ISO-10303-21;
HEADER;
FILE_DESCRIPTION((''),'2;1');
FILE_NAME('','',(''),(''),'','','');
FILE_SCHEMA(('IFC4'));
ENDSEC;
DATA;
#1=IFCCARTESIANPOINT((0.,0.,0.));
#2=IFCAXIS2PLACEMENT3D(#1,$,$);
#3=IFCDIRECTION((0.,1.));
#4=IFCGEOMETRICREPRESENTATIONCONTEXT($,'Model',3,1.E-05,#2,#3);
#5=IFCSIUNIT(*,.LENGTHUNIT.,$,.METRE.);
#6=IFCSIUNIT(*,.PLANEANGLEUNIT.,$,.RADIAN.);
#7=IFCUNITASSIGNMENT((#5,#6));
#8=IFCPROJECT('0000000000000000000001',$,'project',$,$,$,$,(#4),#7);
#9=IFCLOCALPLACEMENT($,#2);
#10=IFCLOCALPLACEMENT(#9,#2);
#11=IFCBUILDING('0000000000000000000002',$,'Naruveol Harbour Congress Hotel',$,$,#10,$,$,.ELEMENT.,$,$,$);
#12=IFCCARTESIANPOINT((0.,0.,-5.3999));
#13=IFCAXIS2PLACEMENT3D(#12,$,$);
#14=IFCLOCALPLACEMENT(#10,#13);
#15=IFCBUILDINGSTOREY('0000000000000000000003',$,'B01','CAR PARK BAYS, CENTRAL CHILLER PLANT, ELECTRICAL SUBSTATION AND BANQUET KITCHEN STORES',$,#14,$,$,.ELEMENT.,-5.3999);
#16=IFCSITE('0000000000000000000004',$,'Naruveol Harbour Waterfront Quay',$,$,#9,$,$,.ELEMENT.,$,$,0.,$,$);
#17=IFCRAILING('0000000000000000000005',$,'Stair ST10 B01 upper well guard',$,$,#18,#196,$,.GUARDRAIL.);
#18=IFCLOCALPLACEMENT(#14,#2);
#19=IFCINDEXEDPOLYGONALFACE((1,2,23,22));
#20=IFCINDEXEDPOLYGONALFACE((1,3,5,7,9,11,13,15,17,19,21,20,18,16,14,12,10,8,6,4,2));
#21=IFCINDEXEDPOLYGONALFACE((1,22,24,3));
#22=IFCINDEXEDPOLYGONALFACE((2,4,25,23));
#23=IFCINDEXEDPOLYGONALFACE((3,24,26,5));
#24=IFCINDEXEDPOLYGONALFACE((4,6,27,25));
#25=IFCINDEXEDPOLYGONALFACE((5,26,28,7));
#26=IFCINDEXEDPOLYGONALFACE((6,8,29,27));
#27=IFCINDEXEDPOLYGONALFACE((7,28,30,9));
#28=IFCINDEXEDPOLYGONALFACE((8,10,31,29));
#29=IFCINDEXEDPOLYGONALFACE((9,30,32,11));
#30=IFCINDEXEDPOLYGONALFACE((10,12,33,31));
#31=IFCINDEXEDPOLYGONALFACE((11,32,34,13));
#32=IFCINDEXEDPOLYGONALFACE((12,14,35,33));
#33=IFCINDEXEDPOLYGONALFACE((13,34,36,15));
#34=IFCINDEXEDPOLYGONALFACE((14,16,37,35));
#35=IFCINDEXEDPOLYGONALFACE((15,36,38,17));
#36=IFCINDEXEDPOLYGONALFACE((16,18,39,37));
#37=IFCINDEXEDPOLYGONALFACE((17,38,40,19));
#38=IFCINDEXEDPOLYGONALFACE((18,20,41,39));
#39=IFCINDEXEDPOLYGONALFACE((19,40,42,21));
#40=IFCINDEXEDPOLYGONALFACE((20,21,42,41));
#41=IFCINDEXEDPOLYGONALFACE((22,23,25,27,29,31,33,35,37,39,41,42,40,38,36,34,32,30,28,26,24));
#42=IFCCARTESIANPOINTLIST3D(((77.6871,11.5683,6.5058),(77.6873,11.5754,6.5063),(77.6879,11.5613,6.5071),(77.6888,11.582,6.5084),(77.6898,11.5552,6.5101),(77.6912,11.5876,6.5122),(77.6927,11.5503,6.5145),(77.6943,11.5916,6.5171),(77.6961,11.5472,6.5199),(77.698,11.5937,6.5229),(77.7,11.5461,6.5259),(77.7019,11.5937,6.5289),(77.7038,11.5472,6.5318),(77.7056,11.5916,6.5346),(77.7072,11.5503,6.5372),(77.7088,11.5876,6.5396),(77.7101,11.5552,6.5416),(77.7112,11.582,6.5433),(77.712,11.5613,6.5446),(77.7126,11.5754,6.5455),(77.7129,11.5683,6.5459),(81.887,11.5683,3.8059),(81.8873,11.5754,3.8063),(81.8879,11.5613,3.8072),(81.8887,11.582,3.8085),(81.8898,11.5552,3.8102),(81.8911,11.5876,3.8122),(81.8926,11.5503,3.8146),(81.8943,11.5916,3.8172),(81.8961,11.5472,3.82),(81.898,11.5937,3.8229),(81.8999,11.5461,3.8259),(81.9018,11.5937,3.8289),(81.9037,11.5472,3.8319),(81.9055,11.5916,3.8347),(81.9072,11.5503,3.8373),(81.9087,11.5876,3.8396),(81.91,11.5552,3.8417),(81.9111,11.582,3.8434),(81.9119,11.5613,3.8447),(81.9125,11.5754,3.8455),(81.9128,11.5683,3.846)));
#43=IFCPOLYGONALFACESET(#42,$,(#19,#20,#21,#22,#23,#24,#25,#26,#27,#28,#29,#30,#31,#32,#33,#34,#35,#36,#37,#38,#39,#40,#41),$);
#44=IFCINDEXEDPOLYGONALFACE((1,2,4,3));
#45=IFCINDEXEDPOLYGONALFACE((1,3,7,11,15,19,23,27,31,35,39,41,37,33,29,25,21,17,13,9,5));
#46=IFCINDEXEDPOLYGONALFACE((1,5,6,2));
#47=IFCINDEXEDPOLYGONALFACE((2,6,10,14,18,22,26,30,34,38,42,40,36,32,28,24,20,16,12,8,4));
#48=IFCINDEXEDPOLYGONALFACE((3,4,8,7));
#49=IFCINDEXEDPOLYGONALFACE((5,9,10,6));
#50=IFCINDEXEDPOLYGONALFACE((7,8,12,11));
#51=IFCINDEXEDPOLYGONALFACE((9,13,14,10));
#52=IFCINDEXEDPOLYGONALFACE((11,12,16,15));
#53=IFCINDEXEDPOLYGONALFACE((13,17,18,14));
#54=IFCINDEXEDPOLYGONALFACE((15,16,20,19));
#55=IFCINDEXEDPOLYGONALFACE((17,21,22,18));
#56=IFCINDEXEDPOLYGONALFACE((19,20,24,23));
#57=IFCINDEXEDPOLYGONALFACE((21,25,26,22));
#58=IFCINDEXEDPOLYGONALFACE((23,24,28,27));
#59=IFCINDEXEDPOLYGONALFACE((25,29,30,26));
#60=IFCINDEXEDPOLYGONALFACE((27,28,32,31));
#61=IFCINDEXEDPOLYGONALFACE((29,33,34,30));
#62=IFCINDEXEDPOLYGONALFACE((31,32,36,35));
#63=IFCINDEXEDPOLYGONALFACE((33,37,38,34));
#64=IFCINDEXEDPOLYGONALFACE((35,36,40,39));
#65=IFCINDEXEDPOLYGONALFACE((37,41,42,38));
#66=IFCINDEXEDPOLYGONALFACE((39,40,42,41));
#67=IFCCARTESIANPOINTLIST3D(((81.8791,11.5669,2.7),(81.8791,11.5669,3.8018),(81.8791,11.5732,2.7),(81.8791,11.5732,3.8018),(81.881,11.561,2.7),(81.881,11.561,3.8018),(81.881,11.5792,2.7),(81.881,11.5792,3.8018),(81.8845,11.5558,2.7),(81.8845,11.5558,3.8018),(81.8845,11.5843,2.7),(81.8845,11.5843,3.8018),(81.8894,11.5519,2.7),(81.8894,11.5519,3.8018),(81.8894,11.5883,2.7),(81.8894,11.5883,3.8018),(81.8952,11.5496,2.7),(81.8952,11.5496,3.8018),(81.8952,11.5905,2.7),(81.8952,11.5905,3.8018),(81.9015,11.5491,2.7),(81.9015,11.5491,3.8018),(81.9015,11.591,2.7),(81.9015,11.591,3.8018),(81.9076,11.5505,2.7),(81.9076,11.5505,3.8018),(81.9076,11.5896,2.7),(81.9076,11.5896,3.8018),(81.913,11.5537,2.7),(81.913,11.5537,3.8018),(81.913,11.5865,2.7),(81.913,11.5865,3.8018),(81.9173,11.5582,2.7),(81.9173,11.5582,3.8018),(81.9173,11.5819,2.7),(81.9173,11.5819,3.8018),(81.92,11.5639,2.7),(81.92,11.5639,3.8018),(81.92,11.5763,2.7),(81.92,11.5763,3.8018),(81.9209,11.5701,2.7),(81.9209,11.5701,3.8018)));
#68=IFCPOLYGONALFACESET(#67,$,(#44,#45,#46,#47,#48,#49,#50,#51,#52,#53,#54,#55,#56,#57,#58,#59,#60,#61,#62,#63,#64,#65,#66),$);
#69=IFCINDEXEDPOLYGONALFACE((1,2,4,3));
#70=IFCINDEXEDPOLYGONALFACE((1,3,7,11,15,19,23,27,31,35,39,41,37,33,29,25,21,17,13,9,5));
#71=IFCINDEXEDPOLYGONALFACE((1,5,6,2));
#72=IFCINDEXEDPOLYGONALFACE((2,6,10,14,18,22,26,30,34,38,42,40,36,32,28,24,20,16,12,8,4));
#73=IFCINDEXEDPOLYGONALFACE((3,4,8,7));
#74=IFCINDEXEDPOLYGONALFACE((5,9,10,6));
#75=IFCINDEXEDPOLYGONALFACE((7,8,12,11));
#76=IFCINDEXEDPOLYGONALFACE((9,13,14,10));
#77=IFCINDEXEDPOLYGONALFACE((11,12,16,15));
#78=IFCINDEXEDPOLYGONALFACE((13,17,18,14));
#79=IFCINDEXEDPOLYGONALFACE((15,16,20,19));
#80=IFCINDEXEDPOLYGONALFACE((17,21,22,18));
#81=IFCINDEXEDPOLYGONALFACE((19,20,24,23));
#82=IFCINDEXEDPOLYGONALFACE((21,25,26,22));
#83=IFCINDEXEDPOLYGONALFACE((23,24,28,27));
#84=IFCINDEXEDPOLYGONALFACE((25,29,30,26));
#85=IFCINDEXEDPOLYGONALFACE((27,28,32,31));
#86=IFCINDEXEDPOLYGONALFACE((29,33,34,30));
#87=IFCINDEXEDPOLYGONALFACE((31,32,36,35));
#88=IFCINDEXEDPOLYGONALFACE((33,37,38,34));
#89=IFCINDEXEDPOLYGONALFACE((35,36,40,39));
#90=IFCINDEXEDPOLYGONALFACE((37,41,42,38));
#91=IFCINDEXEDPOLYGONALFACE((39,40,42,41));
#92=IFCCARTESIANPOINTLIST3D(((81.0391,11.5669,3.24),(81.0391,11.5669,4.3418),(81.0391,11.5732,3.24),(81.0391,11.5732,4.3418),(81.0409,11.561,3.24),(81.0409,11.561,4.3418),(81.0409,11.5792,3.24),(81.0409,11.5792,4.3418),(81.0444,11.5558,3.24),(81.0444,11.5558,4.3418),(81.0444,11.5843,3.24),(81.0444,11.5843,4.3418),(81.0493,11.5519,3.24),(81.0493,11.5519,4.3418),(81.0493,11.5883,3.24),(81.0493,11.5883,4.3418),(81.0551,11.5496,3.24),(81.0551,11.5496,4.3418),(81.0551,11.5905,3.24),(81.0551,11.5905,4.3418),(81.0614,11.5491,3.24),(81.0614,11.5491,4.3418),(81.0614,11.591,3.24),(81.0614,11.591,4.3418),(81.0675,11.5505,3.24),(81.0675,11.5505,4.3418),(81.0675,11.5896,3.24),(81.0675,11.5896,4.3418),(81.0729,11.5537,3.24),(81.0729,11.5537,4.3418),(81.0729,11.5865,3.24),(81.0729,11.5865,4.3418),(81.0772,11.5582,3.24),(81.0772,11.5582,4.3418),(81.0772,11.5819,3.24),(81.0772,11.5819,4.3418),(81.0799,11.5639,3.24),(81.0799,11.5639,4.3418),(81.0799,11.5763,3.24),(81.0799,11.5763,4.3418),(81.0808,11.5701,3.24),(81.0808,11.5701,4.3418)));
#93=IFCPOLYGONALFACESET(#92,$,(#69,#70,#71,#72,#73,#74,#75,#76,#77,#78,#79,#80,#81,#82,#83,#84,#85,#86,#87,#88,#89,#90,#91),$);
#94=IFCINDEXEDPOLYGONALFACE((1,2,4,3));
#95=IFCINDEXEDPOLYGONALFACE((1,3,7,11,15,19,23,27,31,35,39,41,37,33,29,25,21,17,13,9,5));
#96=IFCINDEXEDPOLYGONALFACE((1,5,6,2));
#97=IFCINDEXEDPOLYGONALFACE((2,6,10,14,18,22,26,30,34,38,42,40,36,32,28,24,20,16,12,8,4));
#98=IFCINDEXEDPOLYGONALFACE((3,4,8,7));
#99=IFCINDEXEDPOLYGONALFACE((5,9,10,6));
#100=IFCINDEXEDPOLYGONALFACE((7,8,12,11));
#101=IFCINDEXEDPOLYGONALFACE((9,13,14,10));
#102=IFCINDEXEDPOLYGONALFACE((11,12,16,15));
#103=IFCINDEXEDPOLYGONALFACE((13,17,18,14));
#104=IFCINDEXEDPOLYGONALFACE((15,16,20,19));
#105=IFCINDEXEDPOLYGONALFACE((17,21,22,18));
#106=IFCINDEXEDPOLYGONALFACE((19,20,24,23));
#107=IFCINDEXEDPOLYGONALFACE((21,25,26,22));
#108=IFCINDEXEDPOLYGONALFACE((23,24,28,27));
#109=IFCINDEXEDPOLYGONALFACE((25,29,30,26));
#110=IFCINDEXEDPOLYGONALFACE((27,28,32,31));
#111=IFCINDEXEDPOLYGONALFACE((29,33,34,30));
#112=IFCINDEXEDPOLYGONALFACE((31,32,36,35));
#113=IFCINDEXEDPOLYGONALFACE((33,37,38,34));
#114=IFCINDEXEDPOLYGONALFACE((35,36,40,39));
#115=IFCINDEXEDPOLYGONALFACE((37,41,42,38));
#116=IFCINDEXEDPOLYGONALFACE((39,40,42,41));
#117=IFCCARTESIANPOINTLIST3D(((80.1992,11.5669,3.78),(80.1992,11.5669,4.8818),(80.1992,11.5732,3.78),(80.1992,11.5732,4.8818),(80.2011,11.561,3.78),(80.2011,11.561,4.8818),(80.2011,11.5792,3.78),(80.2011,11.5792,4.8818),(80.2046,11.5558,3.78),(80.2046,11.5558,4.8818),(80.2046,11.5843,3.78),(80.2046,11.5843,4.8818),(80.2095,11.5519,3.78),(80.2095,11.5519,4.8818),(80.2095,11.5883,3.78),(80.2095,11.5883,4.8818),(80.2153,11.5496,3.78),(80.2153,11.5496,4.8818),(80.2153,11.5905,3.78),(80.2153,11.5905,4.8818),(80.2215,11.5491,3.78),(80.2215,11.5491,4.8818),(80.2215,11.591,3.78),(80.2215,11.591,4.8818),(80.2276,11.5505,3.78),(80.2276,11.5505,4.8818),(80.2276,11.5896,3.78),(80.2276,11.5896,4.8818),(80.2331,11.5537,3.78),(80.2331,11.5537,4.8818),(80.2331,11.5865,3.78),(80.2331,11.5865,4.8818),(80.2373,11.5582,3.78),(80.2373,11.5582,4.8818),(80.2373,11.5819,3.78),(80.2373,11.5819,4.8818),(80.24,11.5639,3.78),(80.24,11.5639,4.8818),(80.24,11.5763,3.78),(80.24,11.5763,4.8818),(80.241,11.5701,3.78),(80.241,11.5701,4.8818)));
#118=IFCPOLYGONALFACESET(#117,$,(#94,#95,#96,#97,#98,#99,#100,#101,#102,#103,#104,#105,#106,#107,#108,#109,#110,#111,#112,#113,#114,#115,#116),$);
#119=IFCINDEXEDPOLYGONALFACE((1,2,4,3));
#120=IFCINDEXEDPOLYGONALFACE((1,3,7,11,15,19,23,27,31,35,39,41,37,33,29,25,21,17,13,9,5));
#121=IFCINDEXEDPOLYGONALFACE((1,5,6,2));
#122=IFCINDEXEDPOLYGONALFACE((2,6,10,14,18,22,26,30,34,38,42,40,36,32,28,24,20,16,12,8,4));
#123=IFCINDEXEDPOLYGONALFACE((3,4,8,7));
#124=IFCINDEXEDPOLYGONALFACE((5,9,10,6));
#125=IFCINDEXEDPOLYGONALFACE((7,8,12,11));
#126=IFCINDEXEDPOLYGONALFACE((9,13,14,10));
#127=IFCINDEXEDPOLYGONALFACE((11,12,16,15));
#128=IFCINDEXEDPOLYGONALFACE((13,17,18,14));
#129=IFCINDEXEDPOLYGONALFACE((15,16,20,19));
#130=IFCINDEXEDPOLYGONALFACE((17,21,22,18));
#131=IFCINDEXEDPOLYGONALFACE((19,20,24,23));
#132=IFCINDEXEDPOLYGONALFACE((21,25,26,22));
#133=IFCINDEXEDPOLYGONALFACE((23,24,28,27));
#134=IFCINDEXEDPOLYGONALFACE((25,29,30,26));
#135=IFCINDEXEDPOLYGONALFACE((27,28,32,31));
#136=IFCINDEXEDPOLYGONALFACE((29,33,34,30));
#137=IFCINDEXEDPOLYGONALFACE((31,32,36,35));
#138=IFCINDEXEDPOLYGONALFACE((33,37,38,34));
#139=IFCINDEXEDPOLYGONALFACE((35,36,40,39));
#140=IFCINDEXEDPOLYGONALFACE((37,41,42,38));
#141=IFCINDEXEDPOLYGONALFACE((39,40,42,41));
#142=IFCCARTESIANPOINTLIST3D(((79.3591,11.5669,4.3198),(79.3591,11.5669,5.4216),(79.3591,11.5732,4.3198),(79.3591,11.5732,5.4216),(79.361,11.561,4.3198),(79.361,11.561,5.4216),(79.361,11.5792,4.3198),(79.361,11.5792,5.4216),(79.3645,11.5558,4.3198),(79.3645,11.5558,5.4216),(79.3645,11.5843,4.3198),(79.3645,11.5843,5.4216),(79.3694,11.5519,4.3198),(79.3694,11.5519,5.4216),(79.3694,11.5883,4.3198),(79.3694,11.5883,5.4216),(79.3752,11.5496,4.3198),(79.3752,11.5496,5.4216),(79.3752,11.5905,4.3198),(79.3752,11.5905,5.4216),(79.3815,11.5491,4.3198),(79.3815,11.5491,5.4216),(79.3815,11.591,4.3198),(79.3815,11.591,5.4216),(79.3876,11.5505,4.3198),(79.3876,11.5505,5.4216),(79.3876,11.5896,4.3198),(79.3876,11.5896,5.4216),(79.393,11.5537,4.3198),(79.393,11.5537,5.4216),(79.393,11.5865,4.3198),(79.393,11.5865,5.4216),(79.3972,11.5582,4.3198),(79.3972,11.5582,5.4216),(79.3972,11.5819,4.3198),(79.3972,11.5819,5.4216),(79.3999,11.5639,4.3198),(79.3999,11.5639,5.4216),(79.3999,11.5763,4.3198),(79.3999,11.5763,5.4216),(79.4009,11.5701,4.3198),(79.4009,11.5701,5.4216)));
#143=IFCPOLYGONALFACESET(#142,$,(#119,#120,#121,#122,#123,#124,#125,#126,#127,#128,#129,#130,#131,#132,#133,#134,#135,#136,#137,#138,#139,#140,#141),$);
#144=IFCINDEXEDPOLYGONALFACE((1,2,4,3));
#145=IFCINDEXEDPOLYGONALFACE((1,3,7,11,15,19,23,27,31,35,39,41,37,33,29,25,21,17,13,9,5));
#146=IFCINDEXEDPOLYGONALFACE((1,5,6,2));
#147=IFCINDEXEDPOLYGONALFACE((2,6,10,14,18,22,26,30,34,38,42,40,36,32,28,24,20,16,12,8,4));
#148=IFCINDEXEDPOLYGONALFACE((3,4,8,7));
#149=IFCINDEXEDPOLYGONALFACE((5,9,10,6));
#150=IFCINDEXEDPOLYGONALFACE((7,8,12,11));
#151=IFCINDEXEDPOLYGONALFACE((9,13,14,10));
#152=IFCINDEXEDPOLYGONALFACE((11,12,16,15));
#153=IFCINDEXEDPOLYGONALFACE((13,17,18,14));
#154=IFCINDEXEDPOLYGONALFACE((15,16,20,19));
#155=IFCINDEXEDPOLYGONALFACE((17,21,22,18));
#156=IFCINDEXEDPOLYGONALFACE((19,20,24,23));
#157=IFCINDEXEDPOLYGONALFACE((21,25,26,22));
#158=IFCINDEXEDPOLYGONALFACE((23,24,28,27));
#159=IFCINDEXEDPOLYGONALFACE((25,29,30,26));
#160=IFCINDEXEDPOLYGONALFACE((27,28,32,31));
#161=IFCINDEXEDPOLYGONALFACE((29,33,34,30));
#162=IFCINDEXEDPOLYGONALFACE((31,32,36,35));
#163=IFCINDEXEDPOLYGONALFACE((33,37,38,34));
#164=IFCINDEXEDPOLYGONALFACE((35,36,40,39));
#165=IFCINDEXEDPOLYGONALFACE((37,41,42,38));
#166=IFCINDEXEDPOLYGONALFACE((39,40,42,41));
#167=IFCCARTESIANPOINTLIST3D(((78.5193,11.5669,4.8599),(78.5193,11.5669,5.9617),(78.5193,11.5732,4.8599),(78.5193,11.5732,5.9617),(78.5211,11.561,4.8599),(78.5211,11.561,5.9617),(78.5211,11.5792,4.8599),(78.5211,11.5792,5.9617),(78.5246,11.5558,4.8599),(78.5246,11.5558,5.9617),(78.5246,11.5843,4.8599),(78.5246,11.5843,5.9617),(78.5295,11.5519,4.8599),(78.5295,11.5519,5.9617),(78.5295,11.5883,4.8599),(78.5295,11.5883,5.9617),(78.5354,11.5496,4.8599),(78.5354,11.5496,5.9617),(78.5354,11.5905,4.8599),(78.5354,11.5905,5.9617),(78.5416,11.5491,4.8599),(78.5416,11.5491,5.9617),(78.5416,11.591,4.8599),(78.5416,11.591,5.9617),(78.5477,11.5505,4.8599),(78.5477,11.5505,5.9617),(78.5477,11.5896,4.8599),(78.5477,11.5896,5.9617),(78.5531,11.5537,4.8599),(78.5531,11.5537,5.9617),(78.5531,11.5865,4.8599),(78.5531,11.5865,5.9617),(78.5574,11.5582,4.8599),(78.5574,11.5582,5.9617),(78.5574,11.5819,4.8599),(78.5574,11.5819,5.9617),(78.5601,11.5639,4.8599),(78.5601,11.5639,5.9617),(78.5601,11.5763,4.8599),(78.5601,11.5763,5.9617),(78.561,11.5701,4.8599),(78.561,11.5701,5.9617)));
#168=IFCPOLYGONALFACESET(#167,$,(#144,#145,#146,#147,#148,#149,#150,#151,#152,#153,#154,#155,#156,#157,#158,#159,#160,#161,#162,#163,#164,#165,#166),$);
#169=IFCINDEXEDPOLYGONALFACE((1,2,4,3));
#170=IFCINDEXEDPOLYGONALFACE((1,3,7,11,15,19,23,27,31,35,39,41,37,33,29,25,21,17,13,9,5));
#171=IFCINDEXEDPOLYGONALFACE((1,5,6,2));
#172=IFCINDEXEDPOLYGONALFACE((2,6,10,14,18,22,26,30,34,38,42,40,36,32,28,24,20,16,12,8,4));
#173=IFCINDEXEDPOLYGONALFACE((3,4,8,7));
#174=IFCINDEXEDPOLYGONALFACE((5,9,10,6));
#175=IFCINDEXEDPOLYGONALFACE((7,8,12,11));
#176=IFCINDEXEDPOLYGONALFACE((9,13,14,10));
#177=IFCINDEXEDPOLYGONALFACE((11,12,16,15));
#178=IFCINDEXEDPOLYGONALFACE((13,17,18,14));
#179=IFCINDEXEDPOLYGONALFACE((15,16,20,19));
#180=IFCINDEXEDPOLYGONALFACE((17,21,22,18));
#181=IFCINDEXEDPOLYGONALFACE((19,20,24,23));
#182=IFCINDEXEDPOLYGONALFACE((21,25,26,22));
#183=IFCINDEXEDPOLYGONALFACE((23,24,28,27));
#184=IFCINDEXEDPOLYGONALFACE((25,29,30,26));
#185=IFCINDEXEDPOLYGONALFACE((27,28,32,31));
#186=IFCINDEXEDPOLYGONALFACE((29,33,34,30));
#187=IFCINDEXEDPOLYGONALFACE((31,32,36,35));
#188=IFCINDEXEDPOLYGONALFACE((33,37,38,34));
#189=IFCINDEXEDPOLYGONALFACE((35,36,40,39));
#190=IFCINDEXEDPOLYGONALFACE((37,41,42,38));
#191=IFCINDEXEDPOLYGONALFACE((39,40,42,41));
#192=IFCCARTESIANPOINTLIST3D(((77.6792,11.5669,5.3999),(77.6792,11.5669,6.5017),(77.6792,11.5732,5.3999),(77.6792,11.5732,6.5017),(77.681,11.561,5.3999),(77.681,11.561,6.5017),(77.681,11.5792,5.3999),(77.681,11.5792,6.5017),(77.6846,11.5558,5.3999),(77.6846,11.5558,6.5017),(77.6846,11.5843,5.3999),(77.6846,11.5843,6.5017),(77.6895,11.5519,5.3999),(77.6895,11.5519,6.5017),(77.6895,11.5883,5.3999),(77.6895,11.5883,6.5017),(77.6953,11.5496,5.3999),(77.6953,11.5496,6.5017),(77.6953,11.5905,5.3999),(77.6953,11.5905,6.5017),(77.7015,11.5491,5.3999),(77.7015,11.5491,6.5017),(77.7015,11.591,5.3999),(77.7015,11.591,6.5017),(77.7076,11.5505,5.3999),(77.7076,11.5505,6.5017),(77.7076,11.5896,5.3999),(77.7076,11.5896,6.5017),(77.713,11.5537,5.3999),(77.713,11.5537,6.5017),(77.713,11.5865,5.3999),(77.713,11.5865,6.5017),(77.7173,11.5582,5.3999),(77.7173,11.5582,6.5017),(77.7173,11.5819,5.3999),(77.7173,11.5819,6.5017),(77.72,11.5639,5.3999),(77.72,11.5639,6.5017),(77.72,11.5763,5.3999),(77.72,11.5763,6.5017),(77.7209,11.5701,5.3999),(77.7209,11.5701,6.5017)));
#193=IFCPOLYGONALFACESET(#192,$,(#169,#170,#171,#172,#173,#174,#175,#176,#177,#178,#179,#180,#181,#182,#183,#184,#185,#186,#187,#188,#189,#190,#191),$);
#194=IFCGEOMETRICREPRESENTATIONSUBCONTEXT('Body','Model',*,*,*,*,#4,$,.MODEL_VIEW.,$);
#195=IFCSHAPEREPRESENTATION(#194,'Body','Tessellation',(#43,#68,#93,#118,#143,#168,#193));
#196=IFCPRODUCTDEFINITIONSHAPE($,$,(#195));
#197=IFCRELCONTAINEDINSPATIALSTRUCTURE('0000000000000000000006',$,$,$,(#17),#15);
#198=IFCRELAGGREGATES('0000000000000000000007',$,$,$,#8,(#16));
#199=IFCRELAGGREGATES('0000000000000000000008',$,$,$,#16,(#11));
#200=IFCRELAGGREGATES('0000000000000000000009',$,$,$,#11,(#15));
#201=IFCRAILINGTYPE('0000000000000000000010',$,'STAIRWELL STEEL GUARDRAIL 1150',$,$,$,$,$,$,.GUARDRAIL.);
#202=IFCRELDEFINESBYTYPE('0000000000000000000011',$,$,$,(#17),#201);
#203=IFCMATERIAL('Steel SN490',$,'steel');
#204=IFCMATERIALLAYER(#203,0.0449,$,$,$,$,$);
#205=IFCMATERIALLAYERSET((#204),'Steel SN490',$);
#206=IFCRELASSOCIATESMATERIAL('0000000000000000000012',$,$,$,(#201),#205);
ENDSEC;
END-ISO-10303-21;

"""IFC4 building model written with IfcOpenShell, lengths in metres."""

from ifc_helpers import new_model, si_unit, direction, frame, origin, origin_2d, place, context, subcontext, project, spatial, circle, extrude, material, layer, layer_set, type_object, element, save


model = new_model("IFC4")

# Units and contexts
model_context = context("Model", 3, precision=1e-05, world=origin(), true_north=direction((0.0, 1.0)))
body_context = subcontext(model_context, "Body", "Model", "MODEL_VIEW")
ifc_project = project(units=[si_unit("LENGTHUNIT", "METRE"), si_unit("PLANEANGLEUNIT", "RADIAN")], contexts=[model_context])

# Site, building, storey
site_placement = place(None, origin())
site = spatial("IfcSite", under=ifc_project, at=site_placement, Name="Naruveol Harbour Waterfront Quay", CompositionType="ELEMENT", RefElevation=0.0)
building_placement = place(site_placement, origin())
building = spatial("IfcBuilding", under=site, at=building_placement, Name="Naruveol Harbour Congress Hotel", CompositionType="ELEMENT")
storey_placement = place(building_placement, frame((0.0, 0.0, -5.3999)))
storey = spatial("IfcBuildingStorey", under=building, at=storey_placement, Name="B01", Description="CAR PARK BAYS, CENTRAL CHILLER PLANT, ELECTRICAL SUBSTATION AND BANQUET KITCHEN STORES", CompositionType="ELEMENT", Elevation=-5.3999)

# Railing
ifc_material_1 = material(Name="Steel SN490", Category="steel")
ifc_layer_1 = layer(ifc_material_1, 0.0449)
ifc_layer_set_1 = layer_set([ifc_layer_1], Name="Steel SN490")
railing_type_1 = type_object("IfcRailingType", Name="STAIRWELL STEEL GUARDRAIL 1150", PredefinedType="GUARDRAIL", material=ifc_layer_set_1)
railing_1_placement = place(storey_placement, frame((81.8999, 11.5701, 2.7)))
element("IfcRailing", 1, at=railing_1_placement, inside=storey, type_object=railing_type_1, Name="Stair ST10 B01 upper well guard", PredefinedType="GUARDRAIL", context=body_context, shape_type="SweptSolid", body=[
    extrude(circle(Radius=0.0239, at=origin_2d()), frame((0.0, 0.0, 1.126), z_axis=(-0.84118, 0.0, 0.540755), x_axis=(0.0, -1.0, 0.0)), (0.0, 0.0, 1.0), 4.9929),
    extrude(circle(Radius=0.021, at=origin_2d()), origin(), (0.0, 0.0, 1.0), 1.1018),
    extrude(circle(Radius=0.021, at=origin_2d()), frame((-0.8401, 0.0, 0.54)), (0.0, 0.0, 1.0), 1.1018),
    extrude(circle(Radius=0.021, at=origin_2d()), frame((-1.6799, 0.0, 1.0801)), (0.0, 0.0, 1.0), 1.1018),
    extrude(circle(Radius=0.021, at=origin_2d()), frame((-2.52, 0.0, 1.6199)), (0.0, 0.0, 1.0), 1.1018),
    extrude(circle(Radius=0.021, at=origin_2d()), frame((-3.3599, 0.0, 2.1599)), (0.0, 0.0, 1.0), 1.1018),
    extrude(circle(Radius=0.021, at=origin_2d()), frame((-4.2, 0.0, 2.7)), (0.0, 0.0, 1.0), 1.1018),
])

save(model, "model.ifc")
